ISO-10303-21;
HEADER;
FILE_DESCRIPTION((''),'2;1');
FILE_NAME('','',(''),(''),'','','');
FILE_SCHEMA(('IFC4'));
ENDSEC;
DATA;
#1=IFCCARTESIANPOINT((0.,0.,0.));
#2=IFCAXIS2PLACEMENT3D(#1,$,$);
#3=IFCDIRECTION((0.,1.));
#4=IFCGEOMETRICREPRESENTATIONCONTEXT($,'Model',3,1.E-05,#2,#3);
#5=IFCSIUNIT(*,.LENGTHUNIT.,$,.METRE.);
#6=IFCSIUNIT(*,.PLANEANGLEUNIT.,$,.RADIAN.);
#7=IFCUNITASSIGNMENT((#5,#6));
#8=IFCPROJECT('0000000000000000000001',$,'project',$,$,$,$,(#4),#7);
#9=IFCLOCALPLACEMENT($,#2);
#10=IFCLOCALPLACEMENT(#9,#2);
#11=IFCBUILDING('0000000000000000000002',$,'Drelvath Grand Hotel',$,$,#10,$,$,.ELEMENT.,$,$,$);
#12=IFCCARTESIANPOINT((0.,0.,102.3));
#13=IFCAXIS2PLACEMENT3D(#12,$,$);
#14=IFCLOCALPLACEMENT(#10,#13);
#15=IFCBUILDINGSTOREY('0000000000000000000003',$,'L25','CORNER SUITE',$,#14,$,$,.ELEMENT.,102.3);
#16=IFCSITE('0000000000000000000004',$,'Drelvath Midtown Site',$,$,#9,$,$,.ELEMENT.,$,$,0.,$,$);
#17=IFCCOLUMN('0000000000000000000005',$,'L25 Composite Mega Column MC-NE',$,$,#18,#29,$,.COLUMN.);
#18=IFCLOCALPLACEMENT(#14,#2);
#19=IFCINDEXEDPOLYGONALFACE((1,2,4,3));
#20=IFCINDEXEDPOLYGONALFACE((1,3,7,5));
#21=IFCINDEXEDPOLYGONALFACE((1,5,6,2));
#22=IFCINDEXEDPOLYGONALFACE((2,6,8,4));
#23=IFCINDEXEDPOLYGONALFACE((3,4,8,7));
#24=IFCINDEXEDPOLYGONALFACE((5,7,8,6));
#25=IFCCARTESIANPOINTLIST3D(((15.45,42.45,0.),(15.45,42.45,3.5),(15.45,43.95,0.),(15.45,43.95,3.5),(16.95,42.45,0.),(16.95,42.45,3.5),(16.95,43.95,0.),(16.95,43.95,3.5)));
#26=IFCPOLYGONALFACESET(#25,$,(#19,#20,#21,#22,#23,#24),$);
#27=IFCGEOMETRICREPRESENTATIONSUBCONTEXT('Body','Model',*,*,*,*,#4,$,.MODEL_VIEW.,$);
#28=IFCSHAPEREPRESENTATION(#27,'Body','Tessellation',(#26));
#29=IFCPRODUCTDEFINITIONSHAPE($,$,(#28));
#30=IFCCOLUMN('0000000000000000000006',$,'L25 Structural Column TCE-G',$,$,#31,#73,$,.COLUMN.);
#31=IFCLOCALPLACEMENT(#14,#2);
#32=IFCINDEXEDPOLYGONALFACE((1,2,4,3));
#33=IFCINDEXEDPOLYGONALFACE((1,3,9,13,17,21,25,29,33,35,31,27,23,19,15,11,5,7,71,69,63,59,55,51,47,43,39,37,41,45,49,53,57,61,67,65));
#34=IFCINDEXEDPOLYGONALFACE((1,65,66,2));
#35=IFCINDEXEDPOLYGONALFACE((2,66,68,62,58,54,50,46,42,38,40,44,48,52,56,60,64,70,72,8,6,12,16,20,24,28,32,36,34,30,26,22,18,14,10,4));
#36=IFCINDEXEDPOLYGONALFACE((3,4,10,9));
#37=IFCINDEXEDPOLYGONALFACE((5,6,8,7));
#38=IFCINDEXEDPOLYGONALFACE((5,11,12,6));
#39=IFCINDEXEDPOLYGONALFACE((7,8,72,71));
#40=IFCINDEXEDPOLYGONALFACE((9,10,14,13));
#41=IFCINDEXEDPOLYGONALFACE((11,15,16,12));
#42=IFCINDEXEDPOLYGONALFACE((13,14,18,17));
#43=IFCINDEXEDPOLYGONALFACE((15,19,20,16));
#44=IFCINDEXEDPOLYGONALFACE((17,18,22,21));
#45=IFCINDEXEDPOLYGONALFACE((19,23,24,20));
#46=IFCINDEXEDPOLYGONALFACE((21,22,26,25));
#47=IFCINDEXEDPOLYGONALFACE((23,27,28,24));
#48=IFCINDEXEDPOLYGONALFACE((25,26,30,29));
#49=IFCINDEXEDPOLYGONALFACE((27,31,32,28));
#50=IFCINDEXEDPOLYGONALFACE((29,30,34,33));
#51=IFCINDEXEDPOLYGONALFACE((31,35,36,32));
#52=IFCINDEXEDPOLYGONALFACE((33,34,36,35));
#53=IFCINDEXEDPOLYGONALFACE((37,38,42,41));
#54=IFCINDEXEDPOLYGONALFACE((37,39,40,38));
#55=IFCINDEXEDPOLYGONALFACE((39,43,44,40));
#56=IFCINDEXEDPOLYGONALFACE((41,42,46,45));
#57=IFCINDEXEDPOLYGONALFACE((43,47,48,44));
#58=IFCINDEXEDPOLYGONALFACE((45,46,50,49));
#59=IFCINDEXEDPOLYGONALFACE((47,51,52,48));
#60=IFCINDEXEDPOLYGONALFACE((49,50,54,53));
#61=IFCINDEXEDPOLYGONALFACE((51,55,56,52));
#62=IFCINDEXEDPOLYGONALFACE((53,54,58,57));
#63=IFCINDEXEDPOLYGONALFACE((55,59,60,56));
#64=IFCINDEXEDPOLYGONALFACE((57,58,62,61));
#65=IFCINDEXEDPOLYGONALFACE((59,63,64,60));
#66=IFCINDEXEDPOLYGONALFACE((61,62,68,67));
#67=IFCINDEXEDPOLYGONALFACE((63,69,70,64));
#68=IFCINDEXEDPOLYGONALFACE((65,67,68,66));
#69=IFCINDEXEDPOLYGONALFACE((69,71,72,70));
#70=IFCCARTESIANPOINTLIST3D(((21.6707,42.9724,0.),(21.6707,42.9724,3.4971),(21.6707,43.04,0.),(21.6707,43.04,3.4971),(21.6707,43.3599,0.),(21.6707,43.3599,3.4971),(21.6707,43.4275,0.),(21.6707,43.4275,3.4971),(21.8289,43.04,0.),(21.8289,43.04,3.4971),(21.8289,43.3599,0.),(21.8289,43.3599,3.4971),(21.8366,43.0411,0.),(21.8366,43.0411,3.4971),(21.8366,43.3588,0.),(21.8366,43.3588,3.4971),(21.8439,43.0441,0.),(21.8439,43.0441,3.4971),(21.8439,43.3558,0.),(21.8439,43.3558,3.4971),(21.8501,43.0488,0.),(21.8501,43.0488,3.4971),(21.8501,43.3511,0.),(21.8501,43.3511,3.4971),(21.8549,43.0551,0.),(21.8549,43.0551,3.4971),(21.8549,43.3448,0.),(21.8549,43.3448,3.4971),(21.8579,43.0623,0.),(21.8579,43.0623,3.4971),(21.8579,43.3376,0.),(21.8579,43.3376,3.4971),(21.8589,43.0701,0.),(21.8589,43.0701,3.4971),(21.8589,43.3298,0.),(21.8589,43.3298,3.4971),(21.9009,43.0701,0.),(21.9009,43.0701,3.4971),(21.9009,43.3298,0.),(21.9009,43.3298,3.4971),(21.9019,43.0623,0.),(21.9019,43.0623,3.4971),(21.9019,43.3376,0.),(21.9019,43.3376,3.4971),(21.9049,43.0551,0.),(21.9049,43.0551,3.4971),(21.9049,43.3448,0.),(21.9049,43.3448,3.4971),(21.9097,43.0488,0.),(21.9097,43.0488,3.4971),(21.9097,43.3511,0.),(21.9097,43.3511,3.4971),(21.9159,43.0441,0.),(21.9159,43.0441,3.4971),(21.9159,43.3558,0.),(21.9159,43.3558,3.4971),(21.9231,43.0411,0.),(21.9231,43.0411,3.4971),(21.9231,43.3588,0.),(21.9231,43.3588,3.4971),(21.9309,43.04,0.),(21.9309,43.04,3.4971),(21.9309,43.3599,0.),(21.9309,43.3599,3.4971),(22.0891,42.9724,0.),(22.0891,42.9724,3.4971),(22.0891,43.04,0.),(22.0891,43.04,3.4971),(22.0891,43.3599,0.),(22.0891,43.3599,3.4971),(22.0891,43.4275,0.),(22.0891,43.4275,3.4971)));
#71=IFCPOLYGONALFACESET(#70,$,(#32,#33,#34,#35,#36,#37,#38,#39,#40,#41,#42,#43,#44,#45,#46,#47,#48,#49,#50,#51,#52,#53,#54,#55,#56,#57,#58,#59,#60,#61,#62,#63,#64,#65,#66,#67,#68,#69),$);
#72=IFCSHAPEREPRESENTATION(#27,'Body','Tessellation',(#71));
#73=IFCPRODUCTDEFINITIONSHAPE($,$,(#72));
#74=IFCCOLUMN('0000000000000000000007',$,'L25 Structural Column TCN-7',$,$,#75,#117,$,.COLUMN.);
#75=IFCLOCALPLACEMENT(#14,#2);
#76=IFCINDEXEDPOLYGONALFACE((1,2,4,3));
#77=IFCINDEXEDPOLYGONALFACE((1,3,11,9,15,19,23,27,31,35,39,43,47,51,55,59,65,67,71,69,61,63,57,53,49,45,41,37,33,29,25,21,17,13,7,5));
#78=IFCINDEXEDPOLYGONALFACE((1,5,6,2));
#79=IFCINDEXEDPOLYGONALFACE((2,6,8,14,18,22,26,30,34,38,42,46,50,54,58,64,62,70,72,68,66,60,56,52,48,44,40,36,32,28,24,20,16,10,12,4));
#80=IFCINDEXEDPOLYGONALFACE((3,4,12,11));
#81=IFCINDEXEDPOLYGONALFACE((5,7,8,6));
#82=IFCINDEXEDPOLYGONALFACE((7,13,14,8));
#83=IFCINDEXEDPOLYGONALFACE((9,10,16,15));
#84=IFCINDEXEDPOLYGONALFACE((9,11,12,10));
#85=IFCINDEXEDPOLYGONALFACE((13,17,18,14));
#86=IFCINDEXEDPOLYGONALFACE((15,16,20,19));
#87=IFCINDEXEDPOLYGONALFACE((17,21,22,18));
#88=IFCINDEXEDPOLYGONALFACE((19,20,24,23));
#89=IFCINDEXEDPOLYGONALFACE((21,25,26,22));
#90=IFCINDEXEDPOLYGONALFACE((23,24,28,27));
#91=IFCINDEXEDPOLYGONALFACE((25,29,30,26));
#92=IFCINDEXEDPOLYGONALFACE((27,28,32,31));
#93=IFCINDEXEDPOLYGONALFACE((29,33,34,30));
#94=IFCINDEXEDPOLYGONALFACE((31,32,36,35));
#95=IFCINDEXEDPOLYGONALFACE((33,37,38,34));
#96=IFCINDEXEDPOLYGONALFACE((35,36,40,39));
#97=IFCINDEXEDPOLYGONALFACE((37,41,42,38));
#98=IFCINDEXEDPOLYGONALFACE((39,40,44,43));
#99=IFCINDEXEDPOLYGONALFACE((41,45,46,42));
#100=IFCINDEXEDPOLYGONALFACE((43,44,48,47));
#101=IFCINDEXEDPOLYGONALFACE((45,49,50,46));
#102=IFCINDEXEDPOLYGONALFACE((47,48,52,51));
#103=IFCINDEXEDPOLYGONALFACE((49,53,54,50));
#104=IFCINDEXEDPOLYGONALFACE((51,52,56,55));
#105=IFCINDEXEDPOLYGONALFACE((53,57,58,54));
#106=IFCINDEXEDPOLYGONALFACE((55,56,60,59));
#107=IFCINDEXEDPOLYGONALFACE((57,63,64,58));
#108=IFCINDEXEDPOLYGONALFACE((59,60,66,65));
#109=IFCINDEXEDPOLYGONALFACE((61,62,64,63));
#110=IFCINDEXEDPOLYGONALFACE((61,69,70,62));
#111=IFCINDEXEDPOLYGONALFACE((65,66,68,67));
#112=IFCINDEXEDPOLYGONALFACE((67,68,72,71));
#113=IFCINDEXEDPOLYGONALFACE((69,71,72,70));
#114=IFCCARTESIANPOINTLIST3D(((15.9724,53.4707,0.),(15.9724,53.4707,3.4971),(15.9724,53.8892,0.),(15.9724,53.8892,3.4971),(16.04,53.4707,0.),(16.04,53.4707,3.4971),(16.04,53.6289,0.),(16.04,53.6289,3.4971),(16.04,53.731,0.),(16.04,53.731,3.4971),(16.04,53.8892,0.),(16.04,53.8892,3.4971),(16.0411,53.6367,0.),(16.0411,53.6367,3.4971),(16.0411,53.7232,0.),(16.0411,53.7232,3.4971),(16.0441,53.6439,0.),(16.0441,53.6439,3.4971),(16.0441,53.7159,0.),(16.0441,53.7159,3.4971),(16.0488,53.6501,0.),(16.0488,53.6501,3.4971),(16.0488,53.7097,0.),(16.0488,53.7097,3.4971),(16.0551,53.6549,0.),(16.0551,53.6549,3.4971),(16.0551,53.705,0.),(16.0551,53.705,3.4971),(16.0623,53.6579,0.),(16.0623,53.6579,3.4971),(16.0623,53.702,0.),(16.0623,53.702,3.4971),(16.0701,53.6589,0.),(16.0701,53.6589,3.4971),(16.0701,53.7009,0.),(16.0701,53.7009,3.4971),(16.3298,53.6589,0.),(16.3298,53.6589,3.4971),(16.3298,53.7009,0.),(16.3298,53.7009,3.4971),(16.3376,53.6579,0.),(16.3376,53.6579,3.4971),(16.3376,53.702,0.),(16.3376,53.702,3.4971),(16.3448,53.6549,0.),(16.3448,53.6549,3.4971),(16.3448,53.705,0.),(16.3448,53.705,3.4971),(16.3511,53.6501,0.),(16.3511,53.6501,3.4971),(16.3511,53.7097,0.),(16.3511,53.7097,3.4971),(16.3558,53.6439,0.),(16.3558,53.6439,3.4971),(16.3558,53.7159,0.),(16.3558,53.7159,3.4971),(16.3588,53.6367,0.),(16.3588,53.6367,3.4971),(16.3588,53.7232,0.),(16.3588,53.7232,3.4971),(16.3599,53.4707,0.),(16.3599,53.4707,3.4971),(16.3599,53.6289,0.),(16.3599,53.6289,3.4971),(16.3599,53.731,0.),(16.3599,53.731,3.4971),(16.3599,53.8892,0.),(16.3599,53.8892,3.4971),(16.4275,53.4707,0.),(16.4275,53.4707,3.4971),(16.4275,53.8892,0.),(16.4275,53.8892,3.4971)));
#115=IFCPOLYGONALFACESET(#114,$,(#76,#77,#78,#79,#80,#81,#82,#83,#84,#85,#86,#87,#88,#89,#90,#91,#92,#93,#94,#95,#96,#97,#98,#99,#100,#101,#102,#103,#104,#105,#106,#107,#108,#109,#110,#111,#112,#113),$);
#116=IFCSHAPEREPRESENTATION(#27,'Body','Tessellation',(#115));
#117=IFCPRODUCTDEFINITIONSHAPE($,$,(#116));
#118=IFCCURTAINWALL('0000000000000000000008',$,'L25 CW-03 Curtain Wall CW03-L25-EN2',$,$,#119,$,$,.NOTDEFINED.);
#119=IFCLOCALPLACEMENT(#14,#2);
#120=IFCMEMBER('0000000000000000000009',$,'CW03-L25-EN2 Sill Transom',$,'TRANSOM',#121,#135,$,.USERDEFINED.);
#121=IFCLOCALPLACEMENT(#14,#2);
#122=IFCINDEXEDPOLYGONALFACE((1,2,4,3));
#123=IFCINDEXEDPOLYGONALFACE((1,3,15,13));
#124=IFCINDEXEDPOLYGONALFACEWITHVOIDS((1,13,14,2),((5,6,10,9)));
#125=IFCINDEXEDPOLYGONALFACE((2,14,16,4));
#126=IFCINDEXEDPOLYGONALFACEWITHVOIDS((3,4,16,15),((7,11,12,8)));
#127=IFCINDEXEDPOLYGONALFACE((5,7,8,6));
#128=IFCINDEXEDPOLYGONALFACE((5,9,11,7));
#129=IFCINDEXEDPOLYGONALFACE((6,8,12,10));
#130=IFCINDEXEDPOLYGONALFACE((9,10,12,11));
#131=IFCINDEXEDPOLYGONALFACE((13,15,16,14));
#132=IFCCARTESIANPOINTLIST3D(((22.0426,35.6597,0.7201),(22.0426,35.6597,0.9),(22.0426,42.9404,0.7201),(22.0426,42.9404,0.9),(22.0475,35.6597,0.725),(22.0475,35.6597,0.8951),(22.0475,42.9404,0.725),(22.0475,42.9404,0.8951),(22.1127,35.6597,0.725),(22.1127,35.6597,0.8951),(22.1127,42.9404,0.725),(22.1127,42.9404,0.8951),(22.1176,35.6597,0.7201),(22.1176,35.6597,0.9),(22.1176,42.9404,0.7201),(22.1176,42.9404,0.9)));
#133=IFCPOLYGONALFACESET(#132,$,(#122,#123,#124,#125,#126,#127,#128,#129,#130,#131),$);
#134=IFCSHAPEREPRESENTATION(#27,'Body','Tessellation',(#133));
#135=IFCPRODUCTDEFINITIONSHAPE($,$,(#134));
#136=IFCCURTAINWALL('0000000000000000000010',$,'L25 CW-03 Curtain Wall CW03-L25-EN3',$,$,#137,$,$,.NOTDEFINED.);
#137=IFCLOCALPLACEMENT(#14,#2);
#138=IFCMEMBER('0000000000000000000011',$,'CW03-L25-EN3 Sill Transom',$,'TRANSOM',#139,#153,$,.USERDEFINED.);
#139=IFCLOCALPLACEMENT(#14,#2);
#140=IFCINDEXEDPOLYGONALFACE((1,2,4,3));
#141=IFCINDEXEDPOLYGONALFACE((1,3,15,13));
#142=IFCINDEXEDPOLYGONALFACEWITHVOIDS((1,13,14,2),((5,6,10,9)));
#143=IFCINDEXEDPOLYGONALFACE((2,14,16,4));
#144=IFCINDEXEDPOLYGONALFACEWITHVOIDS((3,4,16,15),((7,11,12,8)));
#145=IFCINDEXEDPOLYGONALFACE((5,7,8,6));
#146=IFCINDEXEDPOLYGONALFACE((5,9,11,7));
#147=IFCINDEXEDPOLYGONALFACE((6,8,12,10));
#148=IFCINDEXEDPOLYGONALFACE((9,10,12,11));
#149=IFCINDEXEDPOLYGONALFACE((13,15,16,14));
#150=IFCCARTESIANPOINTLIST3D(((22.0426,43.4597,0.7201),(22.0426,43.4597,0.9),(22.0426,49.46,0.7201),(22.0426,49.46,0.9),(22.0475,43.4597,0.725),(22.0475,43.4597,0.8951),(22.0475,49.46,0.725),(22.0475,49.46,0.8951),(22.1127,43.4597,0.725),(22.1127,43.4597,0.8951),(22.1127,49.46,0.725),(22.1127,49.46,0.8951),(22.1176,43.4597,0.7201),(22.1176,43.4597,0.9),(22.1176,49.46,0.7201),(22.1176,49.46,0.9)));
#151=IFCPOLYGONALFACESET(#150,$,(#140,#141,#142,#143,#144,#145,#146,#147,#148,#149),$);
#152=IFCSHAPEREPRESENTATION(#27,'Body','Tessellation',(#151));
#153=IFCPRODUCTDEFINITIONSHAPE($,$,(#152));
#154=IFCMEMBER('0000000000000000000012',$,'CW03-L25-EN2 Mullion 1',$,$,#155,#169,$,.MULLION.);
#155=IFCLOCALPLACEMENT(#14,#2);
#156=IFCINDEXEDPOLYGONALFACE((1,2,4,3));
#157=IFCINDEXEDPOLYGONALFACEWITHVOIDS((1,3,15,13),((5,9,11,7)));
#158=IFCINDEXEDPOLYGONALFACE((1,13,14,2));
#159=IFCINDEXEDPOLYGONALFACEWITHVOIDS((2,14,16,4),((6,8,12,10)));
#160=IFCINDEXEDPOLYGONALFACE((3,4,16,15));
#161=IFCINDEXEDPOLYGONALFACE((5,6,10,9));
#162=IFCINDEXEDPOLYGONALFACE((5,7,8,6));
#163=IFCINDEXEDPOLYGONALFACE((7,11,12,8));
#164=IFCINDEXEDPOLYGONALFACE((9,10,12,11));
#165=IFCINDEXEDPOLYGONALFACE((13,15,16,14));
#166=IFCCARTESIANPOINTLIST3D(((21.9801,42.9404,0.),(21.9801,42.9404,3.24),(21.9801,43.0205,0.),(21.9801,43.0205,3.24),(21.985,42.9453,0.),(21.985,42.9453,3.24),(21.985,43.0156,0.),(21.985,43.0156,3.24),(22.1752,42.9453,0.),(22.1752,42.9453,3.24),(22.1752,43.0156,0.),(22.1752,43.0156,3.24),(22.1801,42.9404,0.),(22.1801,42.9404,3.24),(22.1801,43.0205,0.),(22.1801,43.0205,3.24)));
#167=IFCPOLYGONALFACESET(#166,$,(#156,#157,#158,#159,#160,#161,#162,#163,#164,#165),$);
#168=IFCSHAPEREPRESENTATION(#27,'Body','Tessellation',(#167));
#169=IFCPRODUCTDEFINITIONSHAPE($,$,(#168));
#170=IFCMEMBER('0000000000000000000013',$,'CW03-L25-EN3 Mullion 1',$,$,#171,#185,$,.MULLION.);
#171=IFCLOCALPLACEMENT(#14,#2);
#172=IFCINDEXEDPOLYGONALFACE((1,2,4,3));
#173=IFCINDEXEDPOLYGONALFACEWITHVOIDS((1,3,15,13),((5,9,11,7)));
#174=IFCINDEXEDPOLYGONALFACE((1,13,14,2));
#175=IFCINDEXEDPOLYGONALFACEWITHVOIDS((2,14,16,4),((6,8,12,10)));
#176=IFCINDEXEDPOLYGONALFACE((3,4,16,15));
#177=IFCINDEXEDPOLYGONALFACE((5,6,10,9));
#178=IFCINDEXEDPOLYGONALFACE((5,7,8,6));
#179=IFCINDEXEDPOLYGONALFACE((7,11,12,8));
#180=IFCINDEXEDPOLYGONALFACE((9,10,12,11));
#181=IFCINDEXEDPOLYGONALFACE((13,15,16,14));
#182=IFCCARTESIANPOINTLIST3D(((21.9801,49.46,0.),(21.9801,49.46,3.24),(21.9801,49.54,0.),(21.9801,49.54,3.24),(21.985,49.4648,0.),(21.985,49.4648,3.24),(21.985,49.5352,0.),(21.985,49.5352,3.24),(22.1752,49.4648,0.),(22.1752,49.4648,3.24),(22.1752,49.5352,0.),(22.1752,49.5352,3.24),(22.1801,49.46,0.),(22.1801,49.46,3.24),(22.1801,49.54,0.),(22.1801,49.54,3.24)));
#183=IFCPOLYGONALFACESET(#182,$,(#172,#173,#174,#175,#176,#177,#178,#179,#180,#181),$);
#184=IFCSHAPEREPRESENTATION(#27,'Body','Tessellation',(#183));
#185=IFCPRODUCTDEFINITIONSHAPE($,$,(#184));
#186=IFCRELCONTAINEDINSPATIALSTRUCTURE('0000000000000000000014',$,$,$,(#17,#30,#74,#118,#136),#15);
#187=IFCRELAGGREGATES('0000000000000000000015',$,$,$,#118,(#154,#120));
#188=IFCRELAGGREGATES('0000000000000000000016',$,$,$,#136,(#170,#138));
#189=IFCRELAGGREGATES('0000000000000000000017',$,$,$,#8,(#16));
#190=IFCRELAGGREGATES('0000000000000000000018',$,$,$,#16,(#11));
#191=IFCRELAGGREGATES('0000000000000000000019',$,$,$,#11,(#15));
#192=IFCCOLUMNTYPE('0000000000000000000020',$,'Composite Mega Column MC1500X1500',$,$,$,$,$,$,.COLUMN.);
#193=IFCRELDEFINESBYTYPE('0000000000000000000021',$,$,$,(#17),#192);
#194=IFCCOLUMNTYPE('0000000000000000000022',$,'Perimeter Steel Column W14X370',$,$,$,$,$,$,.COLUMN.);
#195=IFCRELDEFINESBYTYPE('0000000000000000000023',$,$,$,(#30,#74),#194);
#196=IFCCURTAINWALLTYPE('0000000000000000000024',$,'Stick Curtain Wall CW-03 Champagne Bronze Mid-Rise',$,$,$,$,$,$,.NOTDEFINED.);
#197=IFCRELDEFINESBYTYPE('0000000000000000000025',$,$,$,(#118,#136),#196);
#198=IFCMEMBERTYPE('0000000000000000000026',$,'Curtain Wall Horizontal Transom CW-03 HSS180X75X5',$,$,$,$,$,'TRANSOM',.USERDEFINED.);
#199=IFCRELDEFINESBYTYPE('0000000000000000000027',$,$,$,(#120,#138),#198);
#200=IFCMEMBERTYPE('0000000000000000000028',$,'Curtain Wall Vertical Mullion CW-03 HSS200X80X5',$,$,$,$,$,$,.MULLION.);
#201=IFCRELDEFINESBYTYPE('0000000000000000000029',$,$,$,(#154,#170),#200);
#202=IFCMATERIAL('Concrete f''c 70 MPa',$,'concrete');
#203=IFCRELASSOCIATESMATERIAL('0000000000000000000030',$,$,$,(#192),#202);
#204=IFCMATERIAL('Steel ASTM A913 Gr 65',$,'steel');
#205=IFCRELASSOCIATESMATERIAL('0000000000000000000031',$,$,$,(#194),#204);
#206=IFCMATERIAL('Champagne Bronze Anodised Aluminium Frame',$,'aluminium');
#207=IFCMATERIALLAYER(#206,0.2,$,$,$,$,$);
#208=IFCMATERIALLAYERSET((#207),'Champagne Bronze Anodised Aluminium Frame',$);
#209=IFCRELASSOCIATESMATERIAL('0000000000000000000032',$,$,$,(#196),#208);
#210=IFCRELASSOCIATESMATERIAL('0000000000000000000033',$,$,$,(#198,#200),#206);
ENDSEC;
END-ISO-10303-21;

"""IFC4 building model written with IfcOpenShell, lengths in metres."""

from ifc_helpers import new_model, si_unit, direction, frame, origin, origin_2d, place, context, subcontext, project, spatial, rectangle, hollow_rectangle, i_section, extrude, material, layer, layer_set, material_profile, profile_set, type_object, element, aggregate, save


model = new_model("IFC4")

# Units and contexts
model_context = context("Model", 3, precision=1e-05, world=origin(), true_north=direction((0.0, 1.0)))
body_context = subcontext(model_context, "Body", "Model", "MODEL_VIEW")
ifc_project = project(units=[si_unit("LENGTHUNIT", "METRE"), si_unit("PLANEANGLEUNIT", "RADIAN")], contexts=[model_context])

# Site, building, storey
site_placement = place(None, origin())
site = spatial("IfcSite", under=ifc_project, at=site_placement, Name="Drelvath Midtown Site", CompositionType="ELEMENT", RefElevation=0.0)
building_placement = place(site_placement, origin())
building = spatial("IfcBuilding", under=site, at=building_placement, Name="Drelvath Grand Hotel", CompositionType="ELEMENT")
storey_placement = place(building_placement, frame((0.0, 0.0, 102.3)))
storey = spatial("IfcBuildingStorey", under=building, at=storey_placement, Name="L25", Description="CORNER SUITE", CompositionType="ELEMENT", Elevation=102.3)

# Columns
ifc_material_1 = material(Name="Concrete f'c 70 MPa", Category="concrete")
ifc_material_profile_1 = material_profile(ifc_material_1, rectangle(XDim=1.5, YDim=1.5, at=origin_2d()), Name="MC1500X1500")
ifc_profile_set_1 = profile_set([ifc_material_profile_1], Name="Concrete f'c 70 MPa")
column_type_1 = type_object("IfcColumnType", Name="Composite Mega Column MC1500X1500", PredefinedType="COLUMN", material=ifc_profile_set_1)
column_placement = place(storey_placement, frame((16.2, 43.2, 0.0), z_axis=(0.0, 0.0, 1.0), x_axis=(1.0, 0.0, 0.0)))
element("IfcColumn", 1, at=column_placement, inside=storey, type_object=column_type_1, Name="L25 Composite Mega Column MC-NE", PredefinedType="COLUMN", context=body_context, shape_type="SweptSolid", body=[
    extrude(rectangle(XDim=1.5, YDim=1.5, at=origin_2d()), origin(), (0.0, 0.0, 1.0), 3.5),
])
ifc_material_2 = material(Name="Steel ASTM A913 Gr 65", Category="steel")
ifc_material_profile_2 = material_profile(ifc_material_2, i_section(OverallWidth=0.4185, OverallDepth=0.4551, WebThickness=0.042, FlangeThickness=0.0676, FilletRadius=0.03, at=origin_2d()), Name="W14X370")
ifc_profile_set_2 = profile_set([ifc_material_profile_2], Name="Steel ASTM A913 Gr 65")
column_type_2 = type_object("IfcColumnType", Name="Perimeter Steel Column W14X370", PredefinedType="COLUMN", material=ifc_profile_set_2)
for number, where, z_axis, x_axis, name in (
    (2, (21.8799, 43.2, 0.0), (0.0, 0.0, 1.0), (1.0, 0.0, 0.0), "L25 Structural Column TCE-G"),
    (3, (16.2, 53.6799, 0.0), (0.0, 0.0, 1.0), (0.0, 1.0, 0.0), "L25 Structural Column TCN-7"),
):
    element("IfcColumn", number, at=place(storey_placement, frame(where, z_axis=z_axis, x_axis=x_axis)), inside=storey, type_object=column_type_2, Name=name, PredefinedType="COLUMN", context=body_context, shape_type="SweptSolid", body=[
        extrude(i_section(OverallWidth=0.4185, OverallDepth=0.4551, WebThickness=0.042, FlangeThickness=0.0676, FilletRadius=0.03, at=origin_2d()), origin(), (0.0, 0.0, 1.0), 3.4971),
    ])

# Curtain walls, members
ifc_material_3 = material(Name="Champagne Bronze Anodised Aluminium Frame", Category="aluminium")
ifc_layer_1 = layer(ifc_material_3, 0.2)
ifc_layer_set_1 = layer_set([ifc_layer_1], Name="Champagne Bronze Anodised Aluminium Frame")
curtain_wall_type = type_object("IfcCurtainWallType", Name="Stick Curtain Wall CW-03 Champagne Bronze Mid-Rise", PredefinedType="NOTDEFINED", material=ifc_layer_set_1)
curtain_wall_1_placement = place(storey_placement, origin())
curtain_wall_1 = element("IfcCurtainWall", 4, at=curtain_wall_1_placement, inside=storey, type_object=curtain_wall_type, Name="L25 CW-03 Curtain Wall CW03-L25-EN2", PredefinedType="NOTDEFINED")
ifc_material_profile_3 = material_profile(ifc_material_3, hollow_rectangle(XDim=0.075, YDim=0.1799, WallThickness=0.0049, at=origin_2d()), Name="HSS180X75X5")
ifc_profile_set_3 = profile_set([ifc_material_profile_3], Name="Champagne Bronze Anodised Aluminium Frame")
member_type_1 = type_object("IfcMemberType", Name="Curtain Wall Horizontal Transom CW-03 HSS180X75X5", ElementType="TRANSOM", PredefinedType="USERDEFINED", material=ifc_profile_set_3)
member_1_placement = place(storey_placement, frame((22.0801, 42.9404, 0.8101), z_axis=(0.0, -1.0, 0.0), x_axis=(1.0, 0.0, 0.0)))
member_1 = element("IfcMember", 5, at=member_1_placement, type_object=member_type_1, Name="CW03-L25-EN2 Sill Transom", ObjectType="TRANSOM", PredefinedType="USERDEFINED", context=body_context, shape_type="SweptSolid", body=[
    extrude(hollow_rectangle(XDim=0.075, YDim=0.1799, WallThickness=0.0049, at=origin_2d()), origin(), (0.0, 0.0, 1.0), 7.2808),
])
curtain_wall_2_placement = place(storey_placement, origin())
curtain_wall_2 = element("IfcCurtainWall", 6, at=curtain_wall_2_placement, inside=storey, type_object=curtain_wall_type, Name="L25 CW-03 Curtain Wall CW03-L25-EN3", PredefinedType="NOTDEFINED")
member_2_placement = place(storey_placement, frame((22.0801, 49.46, 0.8101), z_axis=(0.0, -1.0, 0.0), x_axis=(1.0, 0.0, 0.0)))
member_2 = element("IfcMember", 7, at=member_2_placement, type_object=member_type_1, Name="CW03-L25-EN3 Sill Transom", ObjectType="TRANSOM", PredefinedType="USERDEFINED", context=body_context, shape_type="SweptSolid", body=[
    extrude(hollow_rectangle(XDim=0.075, YDim=0.1799, WallThickness=0.0049, at=origin_2d()), origin(), (0.0, 0.0, 1.0), 6.0002),
])

# Members
ifc_material_profile_4 = material_profile(ifc_material_3, hollow_rectangle(XDim=0.0801, YDim=0.2, WallThickness=0.0049, at=origin_2d()), Name="HSS200X80X5")
ifc_profile_set_4 = profile_set([ifc_material_profile_4], Name="Champagne Bronze Anodised Aluminium Frame")
member_type_2 = type_object("IfcMemberType", Name="Curtain Wall Vertical Mullion CW-03 HSS200X80X5", PredefinedType="MULLION", material=ifc_profile_set_4)
member_3_placement = place(storey_placement, frame((22.0801, 42.9805, 0.0), z_axis=(0.0, 0.0, 1.0), x_axis=(0.0, 1.0, 0.0)))
member_3 = element("IfcMember", 8, at=member_3_placement, type_object=member_type_2, Name="CW03-L25-EN2 Mullion 1", PredefinedType="MULLION", context=body_context, shape_type="SweptSolid", body=[
    extrude(hollow_rectangle(XDim=0.0801, YDim=0.2, WallThickness=0.0049, at=origin_2d()), origin(), (0.0, 0.0, 1.0), 3.24),
])
aggregate(curtain_wall_1, [member_3, member_1])
member_4_placement = place(storey_placement, frame((22.0801, 49.5, 0.0), z_axis=(0.0, 0.0, 1.0), x_axis=(0.0, 1.0, 0.0)))
member_4 = element("IfcMember", 9, at=member_4_placement, type_object=member_type_2, Name="CW03-L25-EN3 Mullion 1", PredefinedType="MULLION", context=body_context, shape_type="SweptSolid", body=[
    extrude(hollow_rectangle(XDim=0.0801, YDim=0.2, WallThickness=0.0049, at=origin_2d()), origin(), (0.0, 0.0, 1.0), 3.24),
])

aggregate(curtain_wall_2, [member_4, member_2])

save(model, "model.ifc")
